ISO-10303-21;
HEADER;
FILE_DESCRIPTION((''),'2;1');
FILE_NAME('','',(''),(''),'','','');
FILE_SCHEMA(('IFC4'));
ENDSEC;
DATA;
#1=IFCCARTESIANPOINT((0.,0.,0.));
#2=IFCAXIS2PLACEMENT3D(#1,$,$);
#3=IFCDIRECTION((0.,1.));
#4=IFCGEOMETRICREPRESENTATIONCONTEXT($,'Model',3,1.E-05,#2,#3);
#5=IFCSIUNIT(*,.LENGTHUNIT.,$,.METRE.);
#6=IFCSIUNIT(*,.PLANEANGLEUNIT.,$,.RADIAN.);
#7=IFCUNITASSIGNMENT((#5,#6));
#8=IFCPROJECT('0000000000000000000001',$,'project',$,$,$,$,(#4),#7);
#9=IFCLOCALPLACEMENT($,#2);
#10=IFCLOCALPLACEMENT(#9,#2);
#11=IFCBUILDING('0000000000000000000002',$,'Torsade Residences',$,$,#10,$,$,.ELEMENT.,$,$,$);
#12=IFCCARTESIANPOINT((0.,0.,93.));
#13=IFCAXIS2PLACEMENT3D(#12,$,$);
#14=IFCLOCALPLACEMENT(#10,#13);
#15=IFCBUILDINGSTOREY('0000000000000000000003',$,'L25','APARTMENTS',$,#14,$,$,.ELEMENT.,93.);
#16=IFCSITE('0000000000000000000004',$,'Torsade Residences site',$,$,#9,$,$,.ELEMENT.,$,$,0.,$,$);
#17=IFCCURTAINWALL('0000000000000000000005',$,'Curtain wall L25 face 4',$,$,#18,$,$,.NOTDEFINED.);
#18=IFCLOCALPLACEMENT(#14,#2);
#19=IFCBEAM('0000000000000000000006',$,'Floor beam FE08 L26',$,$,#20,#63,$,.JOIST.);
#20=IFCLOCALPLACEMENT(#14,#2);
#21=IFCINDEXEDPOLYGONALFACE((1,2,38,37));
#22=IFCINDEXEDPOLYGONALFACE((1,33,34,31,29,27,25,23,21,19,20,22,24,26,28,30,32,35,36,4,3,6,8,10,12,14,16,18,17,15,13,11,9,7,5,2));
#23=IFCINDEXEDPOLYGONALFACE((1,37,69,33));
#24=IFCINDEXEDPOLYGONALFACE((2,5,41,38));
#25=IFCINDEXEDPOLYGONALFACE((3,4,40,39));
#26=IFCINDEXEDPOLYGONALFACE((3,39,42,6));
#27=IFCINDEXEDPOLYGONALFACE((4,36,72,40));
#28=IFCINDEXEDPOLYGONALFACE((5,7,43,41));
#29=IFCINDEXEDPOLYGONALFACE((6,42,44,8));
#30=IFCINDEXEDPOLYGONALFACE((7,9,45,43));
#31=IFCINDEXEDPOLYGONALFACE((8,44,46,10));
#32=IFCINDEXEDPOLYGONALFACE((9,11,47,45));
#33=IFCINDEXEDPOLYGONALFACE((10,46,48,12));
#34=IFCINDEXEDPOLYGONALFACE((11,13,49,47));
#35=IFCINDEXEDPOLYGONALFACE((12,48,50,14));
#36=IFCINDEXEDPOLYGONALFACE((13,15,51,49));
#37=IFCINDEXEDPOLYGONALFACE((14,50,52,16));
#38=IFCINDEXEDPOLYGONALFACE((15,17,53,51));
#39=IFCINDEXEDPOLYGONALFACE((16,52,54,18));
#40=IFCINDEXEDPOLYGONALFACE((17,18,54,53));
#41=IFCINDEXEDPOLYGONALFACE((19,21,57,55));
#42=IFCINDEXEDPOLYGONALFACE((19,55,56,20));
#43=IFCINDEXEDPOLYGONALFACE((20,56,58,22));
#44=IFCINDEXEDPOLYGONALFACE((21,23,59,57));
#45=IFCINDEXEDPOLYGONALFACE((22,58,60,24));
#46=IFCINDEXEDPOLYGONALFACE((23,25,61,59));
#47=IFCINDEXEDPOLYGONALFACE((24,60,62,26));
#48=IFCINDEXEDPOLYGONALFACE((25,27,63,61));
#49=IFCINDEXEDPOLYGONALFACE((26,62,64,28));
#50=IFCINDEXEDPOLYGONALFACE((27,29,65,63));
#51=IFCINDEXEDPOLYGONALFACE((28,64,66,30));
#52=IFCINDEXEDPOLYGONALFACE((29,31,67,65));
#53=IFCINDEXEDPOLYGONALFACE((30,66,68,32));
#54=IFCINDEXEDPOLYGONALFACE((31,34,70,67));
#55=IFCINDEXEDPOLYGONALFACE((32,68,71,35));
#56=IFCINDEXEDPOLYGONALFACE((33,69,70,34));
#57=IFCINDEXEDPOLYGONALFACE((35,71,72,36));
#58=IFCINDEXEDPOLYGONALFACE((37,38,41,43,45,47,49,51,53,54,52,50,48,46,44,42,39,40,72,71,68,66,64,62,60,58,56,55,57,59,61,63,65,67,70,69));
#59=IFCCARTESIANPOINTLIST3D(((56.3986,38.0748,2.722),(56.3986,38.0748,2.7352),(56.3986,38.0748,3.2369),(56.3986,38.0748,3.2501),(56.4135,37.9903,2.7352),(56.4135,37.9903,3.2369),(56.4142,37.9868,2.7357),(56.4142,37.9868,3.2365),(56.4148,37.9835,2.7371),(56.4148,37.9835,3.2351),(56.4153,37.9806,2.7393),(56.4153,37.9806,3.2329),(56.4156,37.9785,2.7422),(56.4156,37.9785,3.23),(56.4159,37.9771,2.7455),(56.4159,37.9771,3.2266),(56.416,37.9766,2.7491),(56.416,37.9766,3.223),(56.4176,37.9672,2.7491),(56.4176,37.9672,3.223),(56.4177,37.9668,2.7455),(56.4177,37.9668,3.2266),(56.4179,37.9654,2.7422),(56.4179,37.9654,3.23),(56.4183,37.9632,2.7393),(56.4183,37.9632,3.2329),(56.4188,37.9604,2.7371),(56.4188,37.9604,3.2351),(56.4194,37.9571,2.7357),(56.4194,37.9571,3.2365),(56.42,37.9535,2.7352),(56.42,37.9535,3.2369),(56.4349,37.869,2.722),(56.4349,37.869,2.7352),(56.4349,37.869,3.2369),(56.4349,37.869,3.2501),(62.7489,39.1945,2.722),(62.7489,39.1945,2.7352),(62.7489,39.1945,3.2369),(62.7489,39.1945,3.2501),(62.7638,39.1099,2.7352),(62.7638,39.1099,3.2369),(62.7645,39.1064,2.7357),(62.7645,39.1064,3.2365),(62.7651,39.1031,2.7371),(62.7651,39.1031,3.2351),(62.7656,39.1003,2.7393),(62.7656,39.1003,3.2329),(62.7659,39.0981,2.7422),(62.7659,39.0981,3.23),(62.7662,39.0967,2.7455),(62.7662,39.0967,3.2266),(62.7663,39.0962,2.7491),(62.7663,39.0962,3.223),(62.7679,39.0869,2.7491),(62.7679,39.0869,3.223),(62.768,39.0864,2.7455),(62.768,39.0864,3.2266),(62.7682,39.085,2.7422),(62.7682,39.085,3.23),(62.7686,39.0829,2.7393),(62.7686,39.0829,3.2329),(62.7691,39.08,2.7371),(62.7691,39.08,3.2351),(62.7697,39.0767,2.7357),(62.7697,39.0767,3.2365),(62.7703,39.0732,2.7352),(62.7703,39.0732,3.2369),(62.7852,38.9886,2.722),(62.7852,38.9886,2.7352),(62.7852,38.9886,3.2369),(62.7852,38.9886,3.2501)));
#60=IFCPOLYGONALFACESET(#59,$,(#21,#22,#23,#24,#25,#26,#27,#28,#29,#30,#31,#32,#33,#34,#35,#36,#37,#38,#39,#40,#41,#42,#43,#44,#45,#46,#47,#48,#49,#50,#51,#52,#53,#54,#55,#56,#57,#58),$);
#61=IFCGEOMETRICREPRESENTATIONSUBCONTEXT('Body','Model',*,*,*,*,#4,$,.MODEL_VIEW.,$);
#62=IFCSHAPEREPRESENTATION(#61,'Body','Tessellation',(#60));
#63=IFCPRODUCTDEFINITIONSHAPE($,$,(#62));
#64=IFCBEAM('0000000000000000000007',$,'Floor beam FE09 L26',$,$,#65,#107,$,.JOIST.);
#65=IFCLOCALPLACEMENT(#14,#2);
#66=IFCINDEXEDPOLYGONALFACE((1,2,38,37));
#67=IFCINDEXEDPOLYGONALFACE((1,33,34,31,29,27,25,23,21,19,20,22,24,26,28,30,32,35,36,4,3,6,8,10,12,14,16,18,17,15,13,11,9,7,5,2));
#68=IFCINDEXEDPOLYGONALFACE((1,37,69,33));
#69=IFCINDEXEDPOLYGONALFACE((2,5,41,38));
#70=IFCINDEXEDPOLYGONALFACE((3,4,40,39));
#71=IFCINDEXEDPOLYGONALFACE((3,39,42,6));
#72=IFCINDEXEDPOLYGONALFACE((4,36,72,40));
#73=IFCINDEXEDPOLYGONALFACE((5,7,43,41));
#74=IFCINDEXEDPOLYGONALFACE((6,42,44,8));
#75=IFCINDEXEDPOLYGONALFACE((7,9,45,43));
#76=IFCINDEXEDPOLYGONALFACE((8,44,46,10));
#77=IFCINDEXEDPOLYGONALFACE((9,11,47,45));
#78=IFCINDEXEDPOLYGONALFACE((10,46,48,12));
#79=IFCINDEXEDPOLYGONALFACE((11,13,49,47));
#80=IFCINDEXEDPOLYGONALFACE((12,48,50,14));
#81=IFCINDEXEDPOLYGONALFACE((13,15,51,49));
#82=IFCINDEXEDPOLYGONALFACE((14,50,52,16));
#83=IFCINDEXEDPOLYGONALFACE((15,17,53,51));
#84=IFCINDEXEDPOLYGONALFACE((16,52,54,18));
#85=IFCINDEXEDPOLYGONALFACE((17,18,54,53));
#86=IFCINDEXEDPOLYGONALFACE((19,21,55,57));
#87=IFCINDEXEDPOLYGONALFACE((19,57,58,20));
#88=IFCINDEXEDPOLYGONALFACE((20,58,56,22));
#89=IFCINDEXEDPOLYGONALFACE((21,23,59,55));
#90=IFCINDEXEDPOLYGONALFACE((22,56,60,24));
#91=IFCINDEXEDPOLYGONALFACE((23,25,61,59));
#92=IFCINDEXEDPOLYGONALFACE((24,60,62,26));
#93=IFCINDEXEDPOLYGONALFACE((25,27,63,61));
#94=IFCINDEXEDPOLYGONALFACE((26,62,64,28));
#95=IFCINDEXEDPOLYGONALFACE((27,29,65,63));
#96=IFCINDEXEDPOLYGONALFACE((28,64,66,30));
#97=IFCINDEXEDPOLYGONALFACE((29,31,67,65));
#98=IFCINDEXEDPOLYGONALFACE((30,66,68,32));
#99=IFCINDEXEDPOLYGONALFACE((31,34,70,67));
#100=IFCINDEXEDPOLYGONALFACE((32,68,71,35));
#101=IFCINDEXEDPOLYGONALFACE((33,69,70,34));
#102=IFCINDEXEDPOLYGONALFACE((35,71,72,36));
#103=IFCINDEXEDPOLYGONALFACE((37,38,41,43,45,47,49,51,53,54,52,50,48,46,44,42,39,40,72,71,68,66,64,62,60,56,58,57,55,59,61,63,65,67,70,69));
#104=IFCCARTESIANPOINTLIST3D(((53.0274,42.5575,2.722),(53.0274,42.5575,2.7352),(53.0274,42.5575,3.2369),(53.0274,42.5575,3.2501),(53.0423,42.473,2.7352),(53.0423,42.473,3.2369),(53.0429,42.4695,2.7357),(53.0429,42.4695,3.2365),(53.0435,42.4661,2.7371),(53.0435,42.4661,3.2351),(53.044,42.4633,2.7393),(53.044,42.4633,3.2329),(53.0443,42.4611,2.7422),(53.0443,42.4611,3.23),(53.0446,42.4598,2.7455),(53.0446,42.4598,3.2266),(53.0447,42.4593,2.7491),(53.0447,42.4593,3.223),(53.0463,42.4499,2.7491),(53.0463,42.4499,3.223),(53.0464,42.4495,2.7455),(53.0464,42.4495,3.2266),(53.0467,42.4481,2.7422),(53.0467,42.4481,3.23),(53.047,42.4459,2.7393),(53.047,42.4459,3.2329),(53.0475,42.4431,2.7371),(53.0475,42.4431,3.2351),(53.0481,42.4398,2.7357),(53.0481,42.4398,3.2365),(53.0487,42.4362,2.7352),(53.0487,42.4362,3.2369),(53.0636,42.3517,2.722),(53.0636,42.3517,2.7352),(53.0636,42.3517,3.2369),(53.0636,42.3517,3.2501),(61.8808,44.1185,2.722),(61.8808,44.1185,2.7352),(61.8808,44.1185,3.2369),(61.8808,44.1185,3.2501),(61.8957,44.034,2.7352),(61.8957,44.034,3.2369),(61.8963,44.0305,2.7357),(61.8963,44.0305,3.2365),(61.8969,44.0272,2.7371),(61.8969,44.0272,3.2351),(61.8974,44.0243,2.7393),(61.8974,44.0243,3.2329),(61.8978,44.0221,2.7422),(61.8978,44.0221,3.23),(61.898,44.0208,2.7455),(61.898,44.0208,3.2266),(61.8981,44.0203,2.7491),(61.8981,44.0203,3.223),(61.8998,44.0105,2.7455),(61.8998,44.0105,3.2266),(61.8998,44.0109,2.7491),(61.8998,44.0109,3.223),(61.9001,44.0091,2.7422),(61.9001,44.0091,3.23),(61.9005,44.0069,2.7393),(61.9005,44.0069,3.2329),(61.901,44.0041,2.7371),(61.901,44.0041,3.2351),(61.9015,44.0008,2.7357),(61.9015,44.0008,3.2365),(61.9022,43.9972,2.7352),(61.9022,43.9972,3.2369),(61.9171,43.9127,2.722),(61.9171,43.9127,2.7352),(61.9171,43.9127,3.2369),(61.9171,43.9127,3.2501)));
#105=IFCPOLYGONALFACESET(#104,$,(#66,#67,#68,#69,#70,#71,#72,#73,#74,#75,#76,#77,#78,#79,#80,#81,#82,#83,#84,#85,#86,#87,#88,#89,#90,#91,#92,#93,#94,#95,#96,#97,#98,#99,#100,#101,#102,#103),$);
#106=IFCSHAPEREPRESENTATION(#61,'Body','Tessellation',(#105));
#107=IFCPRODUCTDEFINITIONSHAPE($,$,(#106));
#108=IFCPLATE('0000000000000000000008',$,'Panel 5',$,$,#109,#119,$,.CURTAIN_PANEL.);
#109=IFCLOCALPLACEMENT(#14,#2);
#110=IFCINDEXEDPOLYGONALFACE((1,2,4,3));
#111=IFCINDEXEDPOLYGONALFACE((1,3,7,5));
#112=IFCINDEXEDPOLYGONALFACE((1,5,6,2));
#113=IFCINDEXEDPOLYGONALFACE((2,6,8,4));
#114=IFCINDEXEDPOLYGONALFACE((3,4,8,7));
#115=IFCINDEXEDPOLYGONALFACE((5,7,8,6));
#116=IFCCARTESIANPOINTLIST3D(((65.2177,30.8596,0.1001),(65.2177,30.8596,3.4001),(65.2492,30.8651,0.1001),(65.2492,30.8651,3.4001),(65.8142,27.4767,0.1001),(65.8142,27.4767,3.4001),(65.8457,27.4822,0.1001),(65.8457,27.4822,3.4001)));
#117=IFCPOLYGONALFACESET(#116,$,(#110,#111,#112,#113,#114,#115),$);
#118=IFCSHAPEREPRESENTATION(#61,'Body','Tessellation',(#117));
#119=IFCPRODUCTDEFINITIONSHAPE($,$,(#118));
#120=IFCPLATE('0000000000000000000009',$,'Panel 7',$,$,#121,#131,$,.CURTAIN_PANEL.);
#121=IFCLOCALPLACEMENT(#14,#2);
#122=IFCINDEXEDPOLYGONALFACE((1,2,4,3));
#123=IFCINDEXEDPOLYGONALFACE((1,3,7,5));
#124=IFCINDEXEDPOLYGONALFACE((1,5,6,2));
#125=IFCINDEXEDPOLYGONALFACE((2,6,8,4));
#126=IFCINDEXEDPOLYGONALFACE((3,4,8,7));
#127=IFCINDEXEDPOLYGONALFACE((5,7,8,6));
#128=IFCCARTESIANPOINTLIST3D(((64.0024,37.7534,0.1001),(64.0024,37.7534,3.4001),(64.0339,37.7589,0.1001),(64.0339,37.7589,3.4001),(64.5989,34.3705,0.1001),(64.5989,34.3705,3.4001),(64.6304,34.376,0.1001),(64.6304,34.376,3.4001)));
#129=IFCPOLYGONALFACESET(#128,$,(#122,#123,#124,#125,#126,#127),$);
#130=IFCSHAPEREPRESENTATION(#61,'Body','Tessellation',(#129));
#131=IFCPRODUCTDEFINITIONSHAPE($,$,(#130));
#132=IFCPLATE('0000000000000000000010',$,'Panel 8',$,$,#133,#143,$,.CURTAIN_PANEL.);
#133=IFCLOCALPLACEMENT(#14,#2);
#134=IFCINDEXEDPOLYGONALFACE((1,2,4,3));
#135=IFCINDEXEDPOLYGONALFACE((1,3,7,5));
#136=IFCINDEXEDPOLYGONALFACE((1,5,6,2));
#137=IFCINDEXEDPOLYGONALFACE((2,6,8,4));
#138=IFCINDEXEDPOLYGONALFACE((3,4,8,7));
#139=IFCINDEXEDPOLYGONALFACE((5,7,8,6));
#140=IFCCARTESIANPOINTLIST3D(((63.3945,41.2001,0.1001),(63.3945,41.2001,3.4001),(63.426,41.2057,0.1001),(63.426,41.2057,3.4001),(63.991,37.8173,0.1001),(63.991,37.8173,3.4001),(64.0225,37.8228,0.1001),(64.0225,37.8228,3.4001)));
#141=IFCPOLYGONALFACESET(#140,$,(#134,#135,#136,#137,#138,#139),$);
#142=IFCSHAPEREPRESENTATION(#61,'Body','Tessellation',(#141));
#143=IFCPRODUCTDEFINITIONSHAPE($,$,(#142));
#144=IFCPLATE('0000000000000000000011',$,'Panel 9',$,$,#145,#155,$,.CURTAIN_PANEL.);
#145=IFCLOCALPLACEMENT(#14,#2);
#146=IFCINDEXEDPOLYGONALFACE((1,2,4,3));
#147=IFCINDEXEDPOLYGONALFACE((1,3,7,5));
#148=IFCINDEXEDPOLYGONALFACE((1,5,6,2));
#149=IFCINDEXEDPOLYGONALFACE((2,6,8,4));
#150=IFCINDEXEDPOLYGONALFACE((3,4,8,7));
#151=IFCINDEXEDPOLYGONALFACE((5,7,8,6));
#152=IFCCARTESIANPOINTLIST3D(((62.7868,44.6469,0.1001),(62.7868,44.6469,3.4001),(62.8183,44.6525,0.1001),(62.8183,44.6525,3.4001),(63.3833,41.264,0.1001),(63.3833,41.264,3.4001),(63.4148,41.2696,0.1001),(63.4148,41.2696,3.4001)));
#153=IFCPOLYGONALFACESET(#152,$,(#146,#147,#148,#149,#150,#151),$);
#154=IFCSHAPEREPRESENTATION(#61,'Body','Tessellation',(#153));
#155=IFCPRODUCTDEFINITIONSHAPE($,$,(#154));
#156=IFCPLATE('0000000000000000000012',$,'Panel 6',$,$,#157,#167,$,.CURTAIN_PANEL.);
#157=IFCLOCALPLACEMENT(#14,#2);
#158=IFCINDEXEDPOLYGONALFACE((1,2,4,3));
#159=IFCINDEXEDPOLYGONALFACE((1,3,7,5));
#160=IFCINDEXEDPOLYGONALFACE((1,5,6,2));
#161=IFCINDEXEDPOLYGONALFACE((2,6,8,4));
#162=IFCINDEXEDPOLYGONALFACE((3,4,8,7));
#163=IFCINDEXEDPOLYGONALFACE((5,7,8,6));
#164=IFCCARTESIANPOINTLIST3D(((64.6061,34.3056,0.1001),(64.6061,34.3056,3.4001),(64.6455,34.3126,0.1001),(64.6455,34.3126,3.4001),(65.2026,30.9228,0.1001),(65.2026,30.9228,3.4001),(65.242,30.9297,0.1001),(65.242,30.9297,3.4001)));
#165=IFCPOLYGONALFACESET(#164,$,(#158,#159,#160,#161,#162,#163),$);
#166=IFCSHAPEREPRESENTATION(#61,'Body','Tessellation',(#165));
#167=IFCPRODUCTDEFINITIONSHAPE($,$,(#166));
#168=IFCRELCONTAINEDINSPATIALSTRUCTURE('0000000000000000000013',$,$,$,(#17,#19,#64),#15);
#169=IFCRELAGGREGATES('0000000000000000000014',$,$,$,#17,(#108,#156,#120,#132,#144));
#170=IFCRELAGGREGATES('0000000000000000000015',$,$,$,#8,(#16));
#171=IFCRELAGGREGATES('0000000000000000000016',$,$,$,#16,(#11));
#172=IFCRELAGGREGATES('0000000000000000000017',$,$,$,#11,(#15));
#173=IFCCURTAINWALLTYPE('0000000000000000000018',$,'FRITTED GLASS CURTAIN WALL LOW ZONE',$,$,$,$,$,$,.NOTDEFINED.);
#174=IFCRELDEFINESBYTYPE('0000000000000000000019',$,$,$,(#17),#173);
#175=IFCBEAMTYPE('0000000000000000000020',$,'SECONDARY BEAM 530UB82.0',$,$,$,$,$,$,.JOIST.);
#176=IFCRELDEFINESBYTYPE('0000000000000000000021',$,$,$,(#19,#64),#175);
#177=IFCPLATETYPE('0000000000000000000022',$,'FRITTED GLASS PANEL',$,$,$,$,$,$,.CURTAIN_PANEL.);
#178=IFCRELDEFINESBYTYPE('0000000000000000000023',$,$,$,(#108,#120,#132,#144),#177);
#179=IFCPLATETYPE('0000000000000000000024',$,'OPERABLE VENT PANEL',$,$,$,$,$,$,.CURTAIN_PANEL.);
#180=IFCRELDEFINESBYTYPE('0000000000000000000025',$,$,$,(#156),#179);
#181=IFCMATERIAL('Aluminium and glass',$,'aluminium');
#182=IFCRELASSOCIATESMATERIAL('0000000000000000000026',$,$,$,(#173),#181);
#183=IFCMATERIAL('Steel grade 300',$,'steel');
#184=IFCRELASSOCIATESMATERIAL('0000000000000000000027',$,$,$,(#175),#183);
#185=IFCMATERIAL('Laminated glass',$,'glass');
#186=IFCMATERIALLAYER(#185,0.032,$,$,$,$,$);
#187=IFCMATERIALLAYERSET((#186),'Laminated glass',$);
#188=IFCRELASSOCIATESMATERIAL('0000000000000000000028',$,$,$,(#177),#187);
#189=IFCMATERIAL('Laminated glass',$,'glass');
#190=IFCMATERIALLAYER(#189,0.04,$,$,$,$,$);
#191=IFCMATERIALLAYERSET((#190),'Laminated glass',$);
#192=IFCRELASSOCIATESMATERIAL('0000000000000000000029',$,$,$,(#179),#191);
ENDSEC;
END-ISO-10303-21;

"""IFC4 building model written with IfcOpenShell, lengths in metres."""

from ifc_helpers import new_model, si_unit, direction, frame, origin, origin_2d, place, context, subcontext, project, spatial, rectangle, i_section, extrude, material, layer, layer_set, material_profile, profile_set, type_object, element, aggregate, save


model = new_model("IFC4")

# Units and contexts
model_context = context("Model", 3, precision=1e-05, world=origin(), true_north=direction((0.0, 1.0)))
body_context = subcontext(model_context, "Body", "Model", "MODEL_VIEW")
ifc_project = project(units=[si_unit("LENGTHUNIT", "METRE"), si_unit("PLANEANGLEUNIT", "RADIAN")], contexts=[model_context])

# Site, building, storey
site_placement = place(None, origin())
site = spatial("IfcSite", under=ifc_project, at=site_placement, Name="Torsade Residences site", CompositionType="ELEMENT", RefElevation=0.0)
building_placement = place(site_placement, origin())
building = spatial("IfcBuilding", under=site, at=building_placement, Name="Torsade Residences", CompositionType="ELEMENT")
storey_placement = place(building_placement, frame((0.0, 0.0, 93.0)))
storey = spatial("IfcBuildingStorey", under=building, at=storey_placement, Name="L25", Description="APARTMENTS", CompositionType="ELEMENT", Elevation=93.0)

# Curtain wall
ifc_material_1 = material(Name="Aluminium and glass", Category="aluminium")
curtain_wall_type = type_object("IfcCurtainWallType", Name="FRITTED GLASS CURTAIN WALL LOW ZONE", PredefinedType="NOTDEFINED", material=ifc_material_1)
curtain_wall_placement = place(storey_placement, origin())
curtain_wall = element("IfcCurtainWall", 1, at=curtain_wall_placement, inside=storey, type_object=curtain_wall_type, Name="Curtain wall L25 face 4", PredefinedType="NOTDEFINED")

# Beams
ifc_material_2 = material(Name="Steel grade 300", Category="steel")
ifc_material_profile_1 = material_profile(ifc_material_2, i_section(OverallWidth=0.209, OverallDepth=0.5281, WebThickness=0.0095, FlangeThickness=0.0132, FilletRadius=0.0139, at=origin_2d()), Name="530UB82.0")
ifc_profile_set_1 = profile_set([ifc_material_profile_1], Name="Steel grade 300")
beam_type_1 = type_object("IfcBeamType", Name="SECONDARY BEAM 530UB82.0", PredefinedType="JOIST", material=ifc_profile_set_1)
beam_1_placement = place(storey_placement, frame((62.7671, 39.0916, 2.9861), z_axis=(-0.984811, -0.173632, 0.0), x_axis=(0.173632, -0.984811, 0.0)))
element("IfcBeam", 2, at=beam_1_placement, inside=storey, type_object=beam_type_1, Name="Floor beam FE08 L26", PredefinedType="JOIST", context=body_context, shape_type="SweptSolid", body=[
    extrude(i_section(OverallWidth=0.209, OverallDepth=0.5281, WebThickness=0.0095, FlangeThickness=0.0132, FilletRadius=0.0139, at=origin_2d()), origin(), (0.0, 0.0, 1.0), 6.4482),
])
beam_2_placement = place(storey_placement, frame((61.8989, 44.0156, 2.9861), z_axis=(-0.984809, -0.17364, 0.0), x_axis=(0.17364, -0.984809, 0.0)))
element("IfcBeam", 3, at=beam_2_placement, inside=storey, type_object=beam_type_1, Name="Floor beam FE09 L26", PredefinedType="JOIST", context=body_context, shape_type="SweptSolid", body=[
    extrude(i_section(OverallWidth=0.209, OverallDepth=0.5281, WebThickness=0.0095, FlangeThickness=0.0132, FilletRadius=0.0139, at=origin_2d()), origin(), (0.0, 0.0, 1.0), 8.99),
])

# Plates
ifc_material_3 = material(Name="Laminated glass", Category="glass")
ifc_layer_1 = layer(ifc_material_3, 0.032)
ifc_layer_set_1 = layer_set([ifc_layer_1], Name="Laminated glass")
plate_type_1 = type_object("IfcPlateType", Name="FRITTED GLASS PANEL", PredefinedType="CURTAIN_PANEL", material=ifc_layer_set_1)
plate_1_placement = place(storey_placement, frame((65.5317, 29.1709, 0.1001), z_axis=(0.0, 0.0, 1.0), x_axis=(-0.173648, 0.984808, 0.0)))
plate_1 = element("IfcPlate", 4, at=plate_1_placement, type_object=plate_type_1, Name="Panel 5", PredefinedType="CURTAIN_PANEL", context=body_context, shape_type="SweptSolid", body=[
    extrude(rectangle(XDim=3.4351, YDim=0.032, at=origin_2d()), origin(), (0.0, 0.0, 1.0), 3.3),
])
plate_2_placement = place(storey_placement, frame((64.3164, 36.0647, 0.1001), z_axis=(0.0, 0.0, 1.0), x_axis=(-0.173648, 0.984808, 0.0)))
plate_2 = element("IfcPlate", 5, at=plate_2_placement, type_object=plate_type_1, Name="Panel 7", PredefinedType="CURTAIN_PANEL", context=body_context, shape_type="SweptSolid", body=[
    extrude(rectangle(XDim=3.4351, YDim=0.032, at=origin_2d()), origin(), (0.0, 0.0, 1.0), 3.3),
])
plate_3_placement = place(storey_placement, frame((63.7085, 39.5115, 0.1001), z_axis=(0.0, 0.0, 1.0), x_axis=(-0.173648, 0.984808, 0.0)))
plate_3 = element("IfcPlate", 6, at=plate_3_placement, type_object=plate_type_1, Name="Panel 8", PredefinedType="CURTAIN_PANEL", context=body_context, shape_type="SweptSolid", body=[
    extrude(rectangle(XDim=3.4351, YDim=0.032, at=origin_2d()), origin(), (0.0, 0.0, 1.0), 3.3),
])
plate_4_placement = place(storey_placement, frame((63.1008, 42.9583, 0.1001), z_axis=(0.0, 0.0, 1.0), x_axis=(-0.173648, 0.984808, 0.0)))
plate_4 = element("IfcPlate", 7, at=plate_4_placement, type_object=plate_type_1, Name="Panel 9", PredefinedType="CURTAIN_PANEL", context=body_context, shape_type="SweptSolid", body=[
    extrude(rectangle(XDim=3.4351, YDim=0.032, at=origin_2d()), origin(), (0.0, 0.0, 1.0), 3.3),
])
ifc_material_4 = material(Name="Laminated glass", Category="glass")
ifc_layer_2 = layer(ifc_material_4, 0.04)
ifc_layer_set_2 = layer_set([ifc_layer_2], Name="Laminated glass")
plate_type_2 = type_object("IfcPlateType", Name="OPERABLE VENT PANEL", PredefinedType="CURTAIN_PANEL", material=ifc_layer_set_2)
plate_5_placement = place(storey_placement, frame((64.9241, 32.6177, 0.1001), z_axis=(0.0, 0.0, 1.0), x_axis=(-0.173648, 0.984808, 0.0)))
plate_5 = element("IfcPlate", 8, at=plate_5_placement, type_object=plate_type_2, Name="Panel 6", PredefinedType="CURTAIN_PANEL", context=body_context, shape_type="SweptSolid", body=[
    extrude(rectangle(XDim=3.4351, YDim=0.04, at=origin_2d()), origin(), (0.0, 0.0, 1.0), 3.3),
])
aggregate(curtain_wall, [plate_1, plate_5, plate_2, plate_3, plate_4])

save(model, "model.ifc")
